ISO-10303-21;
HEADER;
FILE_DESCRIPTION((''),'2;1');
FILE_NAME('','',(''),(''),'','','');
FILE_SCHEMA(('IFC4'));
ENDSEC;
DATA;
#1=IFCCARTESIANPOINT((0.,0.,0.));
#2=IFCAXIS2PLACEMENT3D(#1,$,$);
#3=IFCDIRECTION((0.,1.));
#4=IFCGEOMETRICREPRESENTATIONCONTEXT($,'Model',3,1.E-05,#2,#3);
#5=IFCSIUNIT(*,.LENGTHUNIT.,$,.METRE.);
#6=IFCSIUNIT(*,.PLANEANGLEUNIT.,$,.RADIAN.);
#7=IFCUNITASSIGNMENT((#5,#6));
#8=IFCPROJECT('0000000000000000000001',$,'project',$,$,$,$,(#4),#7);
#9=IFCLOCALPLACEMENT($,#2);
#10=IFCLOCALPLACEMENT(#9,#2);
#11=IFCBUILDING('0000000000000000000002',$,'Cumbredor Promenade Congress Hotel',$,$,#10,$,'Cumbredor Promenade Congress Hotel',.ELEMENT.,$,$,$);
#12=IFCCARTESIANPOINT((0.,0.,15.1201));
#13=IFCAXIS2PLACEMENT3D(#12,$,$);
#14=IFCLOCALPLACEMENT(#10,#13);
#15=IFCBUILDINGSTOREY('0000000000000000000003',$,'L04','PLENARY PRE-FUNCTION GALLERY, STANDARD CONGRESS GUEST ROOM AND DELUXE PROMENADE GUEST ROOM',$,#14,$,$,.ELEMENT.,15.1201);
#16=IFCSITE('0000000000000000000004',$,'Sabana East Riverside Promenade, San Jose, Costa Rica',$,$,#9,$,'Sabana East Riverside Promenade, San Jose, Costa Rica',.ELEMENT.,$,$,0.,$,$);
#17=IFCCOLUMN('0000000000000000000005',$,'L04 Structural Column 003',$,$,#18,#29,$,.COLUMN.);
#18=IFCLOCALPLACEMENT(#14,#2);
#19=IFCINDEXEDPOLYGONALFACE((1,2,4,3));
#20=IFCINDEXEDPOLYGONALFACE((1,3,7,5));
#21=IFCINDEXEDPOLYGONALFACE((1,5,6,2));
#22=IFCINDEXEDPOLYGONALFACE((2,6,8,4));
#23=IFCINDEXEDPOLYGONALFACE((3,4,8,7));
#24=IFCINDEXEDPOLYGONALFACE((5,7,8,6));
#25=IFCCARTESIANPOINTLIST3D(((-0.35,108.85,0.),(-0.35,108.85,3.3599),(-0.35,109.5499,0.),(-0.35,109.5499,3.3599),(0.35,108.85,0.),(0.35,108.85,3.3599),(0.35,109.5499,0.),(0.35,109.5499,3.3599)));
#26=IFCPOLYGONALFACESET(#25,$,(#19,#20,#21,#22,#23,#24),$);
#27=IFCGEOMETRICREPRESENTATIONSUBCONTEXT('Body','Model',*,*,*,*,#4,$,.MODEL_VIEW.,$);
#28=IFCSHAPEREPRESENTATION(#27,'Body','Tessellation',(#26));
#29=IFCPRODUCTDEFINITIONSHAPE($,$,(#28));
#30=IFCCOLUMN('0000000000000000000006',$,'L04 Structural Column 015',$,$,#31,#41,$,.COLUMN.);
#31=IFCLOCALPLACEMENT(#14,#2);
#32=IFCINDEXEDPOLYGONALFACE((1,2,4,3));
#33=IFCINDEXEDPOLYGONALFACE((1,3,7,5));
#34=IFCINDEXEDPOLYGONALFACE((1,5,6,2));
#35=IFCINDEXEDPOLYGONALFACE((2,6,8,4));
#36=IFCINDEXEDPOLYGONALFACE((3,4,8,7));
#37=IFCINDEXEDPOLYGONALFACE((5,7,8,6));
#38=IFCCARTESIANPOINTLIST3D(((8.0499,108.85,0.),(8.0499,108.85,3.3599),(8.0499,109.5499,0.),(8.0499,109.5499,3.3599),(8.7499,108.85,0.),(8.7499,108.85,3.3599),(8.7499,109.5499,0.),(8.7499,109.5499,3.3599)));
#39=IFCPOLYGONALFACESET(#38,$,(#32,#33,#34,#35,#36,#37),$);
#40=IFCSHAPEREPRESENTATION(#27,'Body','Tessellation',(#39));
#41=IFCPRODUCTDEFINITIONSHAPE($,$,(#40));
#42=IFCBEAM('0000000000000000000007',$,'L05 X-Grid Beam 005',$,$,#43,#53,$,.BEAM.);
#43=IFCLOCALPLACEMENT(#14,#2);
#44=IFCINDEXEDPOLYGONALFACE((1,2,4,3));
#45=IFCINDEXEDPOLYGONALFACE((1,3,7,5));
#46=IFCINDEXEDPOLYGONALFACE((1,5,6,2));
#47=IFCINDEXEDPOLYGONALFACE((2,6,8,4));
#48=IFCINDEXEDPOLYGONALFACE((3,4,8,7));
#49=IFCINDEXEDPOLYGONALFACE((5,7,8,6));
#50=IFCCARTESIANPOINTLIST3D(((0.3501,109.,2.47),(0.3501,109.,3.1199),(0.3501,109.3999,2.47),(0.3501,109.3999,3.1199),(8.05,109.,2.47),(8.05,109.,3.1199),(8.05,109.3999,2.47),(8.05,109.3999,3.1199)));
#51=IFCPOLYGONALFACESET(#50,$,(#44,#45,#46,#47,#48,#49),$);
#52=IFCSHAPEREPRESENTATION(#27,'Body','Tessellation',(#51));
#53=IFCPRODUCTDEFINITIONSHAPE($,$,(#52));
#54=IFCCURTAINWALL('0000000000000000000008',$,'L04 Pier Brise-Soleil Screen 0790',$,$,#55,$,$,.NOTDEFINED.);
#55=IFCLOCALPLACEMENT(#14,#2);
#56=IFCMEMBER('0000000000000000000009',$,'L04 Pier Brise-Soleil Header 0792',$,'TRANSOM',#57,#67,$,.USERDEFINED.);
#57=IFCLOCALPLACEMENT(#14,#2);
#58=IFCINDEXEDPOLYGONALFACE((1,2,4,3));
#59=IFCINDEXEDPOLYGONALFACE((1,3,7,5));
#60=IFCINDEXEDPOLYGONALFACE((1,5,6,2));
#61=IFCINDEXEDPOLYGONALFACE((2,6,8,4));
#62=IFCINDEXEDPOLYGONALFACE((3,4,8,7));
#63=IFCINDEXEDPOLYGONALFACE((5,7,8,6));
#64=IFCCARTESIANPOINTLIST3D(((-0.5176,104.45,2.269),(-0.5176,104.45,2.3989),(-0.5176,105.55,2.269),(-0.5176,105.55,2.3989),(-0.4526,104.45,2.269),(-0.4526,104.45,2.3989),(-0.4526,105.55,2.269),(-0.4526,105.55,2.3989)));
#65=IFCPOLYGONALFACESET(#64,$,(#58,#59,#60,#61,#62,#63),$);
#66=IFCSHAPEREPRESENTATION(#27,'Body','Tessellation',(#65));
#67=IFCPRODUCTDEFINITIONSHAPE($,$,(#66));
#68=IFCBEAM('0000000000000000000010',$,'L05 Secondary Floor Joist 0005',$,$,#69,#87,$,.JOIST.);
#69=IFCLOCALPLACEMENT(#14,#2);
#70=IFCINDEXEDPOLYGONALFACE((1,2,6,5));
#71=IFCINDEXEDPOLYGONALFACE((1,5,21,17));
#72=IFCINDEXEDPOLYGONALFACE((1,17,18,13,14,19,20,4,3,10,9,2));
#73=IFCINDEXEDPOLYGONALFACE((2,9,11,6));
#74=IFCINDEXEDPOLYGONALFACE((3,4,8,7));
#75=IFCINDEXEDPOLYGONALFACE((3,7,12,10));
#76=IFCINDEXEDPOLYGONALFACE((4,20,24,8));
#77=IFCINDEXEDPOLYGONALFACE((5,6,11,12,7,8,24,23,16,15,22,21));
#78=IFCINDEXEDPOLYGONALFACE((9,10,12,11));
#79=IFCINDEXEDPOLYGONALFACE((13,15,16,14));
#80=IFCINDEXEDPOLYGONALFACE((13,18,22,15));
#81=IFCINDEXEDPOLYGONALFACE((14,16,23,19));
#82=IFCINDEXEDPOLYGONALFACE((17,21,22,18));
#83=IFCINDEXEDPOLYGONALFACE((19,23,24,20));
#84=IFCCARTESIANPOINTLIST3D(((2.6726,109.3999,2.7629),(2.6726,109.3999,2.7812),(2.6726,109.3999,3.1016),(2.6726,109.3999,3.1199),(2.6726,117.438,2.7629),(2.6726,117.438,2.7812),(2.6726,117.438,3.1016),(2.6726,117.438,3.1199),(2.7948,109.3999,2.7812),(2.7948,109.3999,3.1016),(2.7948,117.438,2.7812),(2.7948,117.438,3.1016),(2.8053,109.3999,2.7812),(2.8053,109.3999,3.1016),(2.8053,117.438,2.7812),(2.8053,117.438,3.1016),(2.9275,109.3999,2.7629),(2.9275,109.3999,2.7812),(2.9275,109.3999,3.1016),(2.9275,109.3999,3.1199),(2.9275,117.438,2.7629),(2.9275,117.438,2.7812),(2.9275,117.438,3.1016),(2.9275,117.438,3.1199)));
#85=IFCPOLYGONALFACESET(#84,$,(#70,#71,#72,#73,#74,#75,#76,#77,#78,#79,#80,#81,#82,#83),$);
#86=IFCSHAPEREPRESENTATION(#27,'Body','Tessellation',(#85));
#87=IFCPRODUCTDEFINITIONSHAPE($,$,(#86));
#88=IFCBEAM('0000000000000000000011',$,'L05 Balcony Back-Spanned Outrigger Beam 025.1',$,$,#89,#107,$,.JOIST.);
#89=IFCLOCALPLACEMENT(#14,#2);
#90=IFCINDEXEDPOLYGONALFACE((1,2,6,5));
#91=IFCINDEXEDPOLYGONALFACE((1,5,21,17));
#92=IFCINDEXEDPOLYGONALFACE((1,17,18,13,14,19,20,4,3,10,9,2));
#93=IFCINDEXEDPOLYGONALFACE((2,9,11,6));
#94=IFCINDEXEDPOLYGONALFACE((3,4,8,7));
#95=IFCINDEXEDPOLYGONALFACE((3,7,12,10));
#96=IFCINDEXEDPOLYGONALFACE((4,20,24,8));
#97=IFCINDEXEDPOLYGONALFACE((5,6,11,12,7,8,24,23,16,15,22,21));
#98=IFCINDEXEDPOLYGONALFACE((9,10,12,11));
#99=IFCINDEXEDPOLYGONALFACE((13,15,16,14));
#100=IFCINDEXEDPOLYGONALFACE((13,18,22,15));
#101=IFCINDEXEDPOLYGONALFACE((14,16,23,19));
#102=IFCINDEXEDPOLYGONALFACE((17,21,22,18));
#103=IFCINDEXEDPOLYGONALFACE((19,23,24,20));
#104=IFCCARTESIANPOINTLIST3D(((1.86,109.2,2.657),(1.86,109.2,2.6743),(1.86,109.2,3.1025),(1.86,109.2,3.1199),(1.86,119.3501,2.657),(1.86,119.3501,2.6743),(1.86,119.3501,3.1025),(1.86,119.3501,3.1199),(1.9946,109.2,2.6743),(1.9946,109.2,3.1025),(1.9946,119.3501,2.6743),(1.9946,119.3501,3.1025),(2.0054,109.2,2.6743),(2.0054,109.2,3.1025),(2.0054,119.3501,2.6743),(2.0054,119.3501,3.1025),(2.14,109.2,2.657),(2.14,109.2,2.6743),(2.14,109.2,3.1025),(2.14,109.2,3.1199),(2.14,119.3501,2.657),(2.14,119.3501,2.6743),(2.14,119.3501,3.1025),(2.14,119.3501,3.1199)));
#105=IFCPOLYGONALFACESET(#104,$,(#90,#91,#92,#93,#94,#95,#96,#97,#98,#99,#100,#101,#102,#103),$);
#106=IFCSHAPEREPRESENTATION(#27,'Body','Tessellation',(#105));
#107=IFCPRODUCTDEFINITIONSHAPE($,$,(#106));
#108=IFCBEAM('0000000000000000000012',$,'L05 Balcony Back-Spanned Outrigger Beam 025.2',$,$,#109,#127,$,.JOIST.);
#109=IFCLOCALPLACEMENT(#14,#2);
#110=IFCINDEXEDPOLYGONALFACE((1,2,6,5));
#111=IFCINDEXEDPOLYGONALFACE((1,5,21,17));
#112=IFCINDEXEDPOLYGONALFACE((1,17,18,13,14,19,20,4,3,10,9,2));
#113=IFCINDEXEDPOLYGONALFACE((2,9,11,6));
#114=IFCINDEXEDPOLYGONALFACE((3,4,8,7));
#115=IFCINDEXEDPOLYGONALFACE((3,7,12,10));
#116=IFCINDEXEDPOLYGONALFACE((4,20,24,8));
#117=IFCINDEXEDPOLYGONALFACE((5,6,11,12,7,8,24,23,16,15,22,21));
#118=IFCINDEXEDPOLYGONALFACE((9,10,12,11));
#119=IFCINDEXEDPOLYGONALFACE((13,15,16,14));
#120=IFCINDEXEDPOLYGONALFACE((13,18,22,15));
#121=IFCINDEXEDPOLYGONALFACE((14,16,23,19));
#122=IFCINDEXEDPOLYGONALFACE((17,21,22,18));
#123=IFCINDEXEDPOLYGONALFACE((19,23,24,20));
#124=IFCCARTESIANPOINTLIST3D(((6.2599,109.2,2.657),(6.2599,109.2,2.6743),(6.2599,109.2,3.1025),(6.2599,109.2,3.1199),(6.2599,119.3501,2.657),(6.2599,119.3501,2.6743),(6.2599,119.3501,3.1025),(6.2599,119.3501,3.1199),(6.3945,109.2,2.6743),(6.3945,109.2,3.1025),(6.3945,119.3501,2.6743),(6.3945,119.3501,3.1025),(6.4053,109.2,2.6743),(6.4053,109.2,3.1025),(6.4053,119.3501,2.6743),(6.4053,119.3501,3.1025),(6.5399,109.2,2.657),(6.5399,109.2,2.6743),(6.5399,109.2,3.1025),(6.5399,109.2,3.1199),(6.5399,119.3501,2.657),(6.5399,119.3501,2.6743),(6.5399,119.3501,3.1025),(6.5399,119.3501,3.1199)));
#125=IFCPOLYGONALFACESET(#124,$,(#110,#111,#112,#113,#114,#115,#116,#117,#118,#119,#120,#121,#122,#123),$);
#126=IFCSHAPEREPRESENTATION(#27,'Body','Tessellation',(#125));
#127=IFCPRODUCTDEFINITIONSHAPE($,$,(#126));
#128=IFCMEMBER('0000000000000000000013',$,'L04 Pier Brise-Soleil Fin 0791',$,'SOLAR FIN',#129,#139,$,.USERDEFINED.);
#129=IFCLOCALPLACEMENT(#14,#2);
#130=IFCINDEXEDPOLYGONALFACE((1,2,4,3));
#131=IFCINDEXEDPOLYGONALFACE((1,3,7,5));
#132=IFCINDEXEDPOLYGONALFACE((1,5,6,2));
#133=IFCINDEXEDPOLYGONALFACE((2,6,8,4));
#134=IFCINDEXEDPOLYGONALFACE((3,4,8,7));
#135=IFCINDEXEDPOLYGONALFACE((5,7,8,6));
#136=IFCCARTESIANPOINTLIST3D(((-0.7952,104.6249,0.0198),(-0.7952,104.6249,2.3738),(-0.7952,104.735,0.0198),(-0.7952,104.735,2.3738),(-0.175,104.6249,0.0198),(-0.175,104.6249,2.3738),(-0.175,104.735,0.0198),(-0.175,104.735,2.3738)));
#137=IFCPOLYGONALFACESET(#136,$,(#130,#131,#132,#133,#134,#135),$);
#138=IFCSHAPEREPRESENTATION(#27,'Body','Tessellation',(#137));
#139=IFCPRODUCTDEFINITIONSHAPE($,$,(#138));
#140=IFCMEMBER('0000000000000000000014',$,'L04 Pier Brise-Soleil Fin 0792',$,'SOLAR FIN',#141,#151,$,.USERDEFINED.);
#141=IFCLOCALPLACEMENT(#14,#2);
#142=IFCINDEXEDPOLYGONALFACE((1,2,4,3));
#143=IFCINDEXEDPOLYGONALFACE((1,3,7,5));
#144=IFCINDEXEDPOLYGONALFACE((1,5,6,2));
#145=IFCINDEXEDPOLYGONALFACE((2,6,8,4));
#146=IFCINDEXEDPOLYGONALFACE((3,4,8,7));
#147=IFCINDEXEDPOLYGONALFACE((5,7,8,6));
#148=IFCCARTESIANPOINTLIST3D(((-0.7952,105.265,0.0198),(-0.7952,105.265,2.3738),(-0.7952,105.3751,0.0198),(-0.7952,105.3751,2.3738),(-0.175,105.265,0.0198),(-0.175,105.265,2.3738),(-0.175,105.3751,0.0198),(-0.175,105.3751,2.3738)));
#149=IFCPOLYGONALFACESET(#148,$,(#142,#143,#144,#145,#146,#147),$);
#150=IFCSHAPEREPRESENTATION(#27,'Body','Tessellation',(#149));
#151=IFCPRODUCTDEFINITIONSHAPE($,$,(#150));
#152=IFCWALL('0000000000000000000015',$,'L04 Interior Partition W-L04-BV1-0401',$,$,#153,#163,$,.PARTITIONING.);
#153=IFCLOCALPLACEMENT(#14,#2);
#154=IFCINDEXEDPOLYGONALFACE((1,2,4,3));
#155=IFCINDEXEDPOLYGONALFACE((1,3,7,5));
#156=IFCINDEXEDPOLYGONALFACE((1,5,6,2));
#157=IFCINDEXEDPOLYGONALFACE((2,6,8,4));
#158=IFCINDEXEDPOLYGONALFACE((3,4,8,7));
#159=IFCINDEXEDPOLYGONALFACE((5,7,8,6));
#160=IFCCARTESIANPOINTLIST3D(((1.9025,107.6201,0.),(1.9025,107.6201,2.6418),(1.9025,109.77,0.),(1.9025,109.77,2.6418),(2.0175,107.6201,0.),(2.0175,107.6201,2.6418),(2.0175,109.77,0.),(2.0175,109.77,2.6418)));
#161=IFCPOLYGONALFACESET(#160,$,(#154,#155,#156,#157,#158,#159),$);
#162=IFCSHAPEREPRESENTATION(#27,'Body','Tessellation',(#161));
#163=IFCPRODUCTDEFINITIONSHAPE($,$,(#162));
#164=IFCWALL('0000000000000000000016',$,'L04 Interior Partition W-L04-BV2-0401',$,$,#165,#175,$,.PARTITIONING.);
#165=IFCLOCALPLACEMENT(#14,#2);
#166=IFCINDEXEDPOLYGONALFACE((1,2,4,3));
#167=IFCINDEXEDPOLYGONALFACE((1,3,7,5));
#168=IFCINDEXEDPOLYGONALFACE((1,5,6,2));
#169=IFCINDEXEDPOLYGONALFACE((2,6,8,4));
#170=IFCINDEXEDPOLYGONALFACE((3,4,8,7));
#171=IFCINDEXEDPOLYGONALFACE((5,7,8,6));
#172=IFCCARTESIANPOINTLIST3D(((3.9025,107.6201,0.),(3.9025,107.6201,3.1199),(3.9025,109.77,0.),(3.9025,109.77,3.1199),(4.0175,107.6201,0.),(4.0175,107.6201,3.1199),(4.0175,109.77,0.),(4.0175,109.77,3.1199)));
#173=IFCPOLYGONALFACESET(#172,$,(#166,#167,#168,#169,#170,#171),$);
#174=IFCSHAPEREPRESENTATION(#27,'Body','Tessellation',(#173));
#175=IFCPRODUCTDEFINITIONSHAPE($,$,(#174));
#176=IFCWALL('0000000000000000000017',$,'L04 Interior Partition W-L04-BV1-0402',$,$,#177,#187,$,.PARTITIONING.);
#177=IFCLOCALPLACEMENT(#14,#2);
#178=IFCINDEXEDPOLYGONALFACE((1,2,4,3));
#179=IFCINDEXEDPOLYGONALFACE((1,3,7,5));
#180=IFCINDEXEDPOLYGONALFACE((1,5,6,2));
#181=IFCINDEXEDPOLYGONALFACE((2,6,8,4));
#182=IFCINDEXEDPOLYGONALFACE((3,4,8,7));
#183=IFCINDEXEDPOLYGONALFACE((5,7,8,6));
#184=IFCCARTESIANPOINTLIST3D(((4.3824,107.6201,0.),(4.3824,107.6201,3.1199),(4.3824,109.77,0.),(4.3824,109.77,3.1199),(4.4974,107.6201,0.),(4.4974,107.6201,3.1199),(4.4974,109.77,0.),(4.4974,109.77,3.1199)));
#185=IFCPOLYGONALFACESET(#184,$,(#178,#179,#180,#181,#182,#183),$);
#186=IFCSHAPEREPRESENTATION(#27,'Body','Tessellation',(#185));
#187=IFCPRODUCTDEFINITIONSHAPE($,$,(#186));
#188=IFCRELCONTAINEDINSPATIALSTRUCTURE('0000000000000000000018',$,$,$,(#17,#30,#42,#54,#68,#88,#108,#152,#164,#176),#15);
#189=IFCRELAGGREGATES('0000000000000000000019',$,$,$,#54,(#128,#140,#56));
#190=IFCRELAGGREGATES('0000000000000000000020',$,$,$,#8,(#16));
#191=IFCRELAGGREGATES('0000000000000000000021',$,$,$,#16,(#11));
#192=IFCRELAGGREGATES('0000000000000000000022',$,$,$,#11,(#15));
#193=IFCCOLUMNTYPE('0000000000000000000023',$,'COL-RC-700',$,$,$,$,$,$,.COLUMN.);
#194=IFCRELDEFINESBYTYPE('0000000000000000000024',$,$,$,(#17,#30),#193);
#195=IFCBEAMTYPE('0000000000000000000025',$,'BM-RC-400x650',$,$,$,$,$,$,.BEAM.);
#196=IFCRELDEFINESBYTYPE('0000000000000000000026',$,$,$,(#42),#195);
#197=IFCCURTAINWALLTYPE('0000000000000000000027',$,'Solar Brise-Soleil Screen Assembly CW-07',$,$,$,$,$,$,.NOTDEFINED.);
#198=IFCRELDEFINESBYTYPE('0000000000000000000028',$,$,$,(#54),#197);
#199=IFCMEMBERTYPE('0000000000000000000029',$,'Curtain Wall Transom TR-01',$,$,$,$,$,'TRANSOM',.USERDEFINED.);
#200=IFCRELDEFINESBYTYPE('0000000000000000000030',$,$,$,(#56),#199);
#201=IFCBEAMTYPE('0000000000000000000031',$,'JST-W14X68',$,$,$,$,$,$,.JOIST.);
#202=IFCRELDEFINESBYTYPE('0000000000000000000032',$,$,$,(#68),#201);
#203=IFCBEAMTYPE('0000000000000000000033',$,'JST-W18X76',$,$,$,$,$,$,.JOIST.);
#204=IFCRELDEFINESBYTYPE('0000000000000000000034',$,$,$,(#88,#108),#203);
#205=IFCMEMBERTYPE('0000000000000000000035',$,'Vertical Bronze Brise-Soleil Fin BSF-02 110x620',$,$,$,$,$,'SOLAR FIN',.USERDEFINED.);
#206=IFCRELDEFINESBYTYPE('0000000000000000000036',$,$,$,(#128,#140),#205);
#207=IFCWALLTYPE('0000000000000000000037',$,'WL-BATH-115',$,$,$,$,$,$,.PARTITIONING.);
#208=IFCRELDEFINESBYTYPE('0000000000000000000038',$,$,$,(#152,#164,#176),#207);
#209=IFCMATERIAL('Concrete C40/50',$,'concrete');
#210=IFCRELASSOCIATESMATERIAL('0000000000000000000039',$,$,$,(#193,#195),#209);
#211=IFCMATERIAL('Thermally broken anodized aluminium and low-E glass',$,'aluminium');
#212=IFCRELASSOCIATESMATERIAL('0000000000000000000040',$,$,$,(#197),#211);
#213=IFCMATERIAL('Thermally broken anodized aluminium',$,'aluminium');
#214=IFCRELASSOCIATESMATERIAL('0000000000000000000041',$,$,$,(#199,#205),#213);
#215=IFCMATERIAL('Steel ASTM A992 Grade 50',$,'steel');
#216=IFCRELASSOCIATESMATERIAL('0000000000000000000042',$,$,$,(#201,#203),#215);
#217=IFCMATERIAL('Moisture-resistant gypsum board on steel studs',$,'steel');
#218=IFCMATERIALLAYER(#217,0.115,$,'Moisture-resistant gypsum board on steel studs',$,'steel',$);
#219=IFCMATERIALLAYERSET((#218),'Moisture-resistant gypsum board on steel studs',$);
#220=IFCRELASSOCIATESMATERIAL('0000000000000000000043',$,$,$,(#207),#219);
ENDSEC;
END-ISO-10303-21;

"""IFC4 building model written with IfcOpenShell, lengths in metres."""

from ifc_helpers import new_model, si_unit, direction, frame, frame_2d, origin, origin_2d, place, context, subcontext, project, spatial, rectangle, i_section, extrude, material, layer, layer_set, material_profile, profile_set, type_object, element, aggregate, save


model = new_model("IFC4")

# Units and contexts
model_context = context("Model", 3, precision=1e-05, world=origin(), true_north=direction((0.0, 1.0)))
body_context = subcontext(model_context, "Body", "Model", "MODEL_VIEW")
ifc_project = project(units=[si_unit("LENGTHUNIT", "METRE"), si_unit("PLANEANGLEUNIT", "RADIAN")], contexts=[model_context])

# Site, building, storey
site_placement = place(None, origin())
site = spatial("IfcSite", under=ifc_project, at=site_placement, Name="Sabana East Riverside Promenade, San Jose, Costa Rica", LongName="Sabana East Riverside Promenade, San Jose, Costa Rica", CompositionType="ELEMENT", RefElevation=0.0)
building_placement = place(site_placement, origin())
building = spatial("IfcBuilding", under=site, at=building_placement, Name="Cumbredor Promenade Congress Hotel", LongName="Cumbredor Promenade Congress Hotel", CompositionType="ELEMENT")
storey_placement = place(building_placement, frame((0.0, 0.0, 15.1201)))
storey = spatial("IfcBuildingStorey", under=building, at=storey_placement, Name="L04", Description="PLENARY PRE-FUNCTION GALLERY, STANDARD CONGRESS GUEST ROOM AND DELUXE PROMENADE GUEST ROOM", CompositionType="ELEMENT", Elevation=15.1201)

# Columns
ifc_material_1 = material(Name="Concrete C40/50", Category="concrete")
ifc_material_profile_1 = material_profile(ifc_material_1, rectangle(XDim=0.7, YDim=0.7, at=origin_2d()), Name="RC 700x700")
ifc_profile_set_1 = profile_set([ifc_material_profile_1], Name="Concrete C40/50")
column_type = type_object("IfcColumnType", Name="COL-RC-700", PredefinedType="COLUMN", material=ifc_profile_set_1)
for number, where, z_axis, x_axis, name in (
    (1, (0.0, 109.2, 0.0), (0.0, 0.0, 1.0), (1.0, 0.0, 0.0), "L04 Structural Column 003"),
    (2, (8.3999, 109.2, 0.0), (0.0, 0.0, 1.0), (1.0, 0.0, 0.0), "L04 Structural Column 015"),
):
    element("IfcColumn", number, at=place(storey_placement, frame(where, z_axis=z_axis, x_axis=x_axis)), inside=storey, type_object=column_type, Name=name, PredefinedType="COLUMN", context=body_context, shape_type="SweptSolid", body=[
        extrude(rectangle(XDim=0.7, YDim=0.7, at=origin_2d()), origin(), (0.0, 0.0, 1.0), 3.3599),
    ])

# Beam
ifc_material_profile_2 = material_profile(ifc_material_1, rectangle(XDim=0.3999, YDim=0.6499, at=origin_2d()), Name="RC BEAM 400x650")
ifc_profile_set_2 = profile_set([ifc_material_profile_2], Name="Concrete C40/50")
beam_type_1 = type_object("IfcBeamType", Name="BM-RC-400x650", PredefinedType="BEAM", material=ifc_profile_set_2)
beam_1_placement = place(storey_placement, frame((0.3501, 109.2, 2.7949), z_axis=(1.0, 0.0, 0.0), x_axis=(0.0, 1.0, 0.0)))
element("IfcBeam", 3, at=beam_1_placement, inside=storey, type_object=beam_type_1, Name="L05 X-Grid Beam 005", PredefinedType="BEAM", context=body_context, shape_type="SweptSolid", body=[
    extrude(rectangle(XDim=0.3999, YDim=0.6499, at=origin_2d()), origin(), (0.0, 0.0, 1.0), 7.7),
])

# Curtain wall, member
ifc_material_2 = material(Name="Thermally broken anodized aluminium and low-E glass", Category="aluminium")
curtain_wall_type = type_object("IfcCurtainWallType", Name="Solar Brise-Soleil Screen Assembly CW-07", PredefinedType="NOTDEFINED", material=ifc_material_2)
curtain_wall_placement = place(storey_placement, origin())
curtain_wall = element("IfcCurtainWall", 4, at=curtain_wall_placement, inside=storey, type_object=curtain_wall_type, Name="L04 Pier Brise-Soleil Screen 0790", PredefinedType="NOTDEFINED")
ifc_material_3 = material(Name="Thermally broken anodized aluminium", Category="aluminium")
ifc_material_profile_3 = material_profile(ifc_material_3, rectangle(XDim=0.0649, YDim=0.1299, at=origin_2d()), Name="ALU TRANSOM 65x130")
ifc_profile_set_3 = profile_set([ifc_material_profile_3], Name="Thermally broken anodized aluminium")
member_type_1 = type_object("IfcMemberType", Name="Curtain Wall Transom TR-01", ElementType="TRANSOM", PredefinedType="USERDEFINED", material=ifc_profile_set_3)
member_1_placement = place(storey_placement, frame((-0.4851, 104.45, 2.334), z_axis=(0.0, 1.0, 0.0), x_axis=(-1.0, 0.0, 0.0)))
member_1 = element("IfcMember", 5, at=member_1_placement, type_object=member_type_1, Name="L04 Pier Brise-Soleil Header 0792", ObjectType="TRANSOM", PredefinedType="USERDEFINED", context=body_context, shape_type="SweptSolid", body=[
    extrude(rectangle(XDim=0.0649, YDim=0.1299, at=origin_2d()), origin(), (0.0, 0.0, 1.0), 1.1001),
])

# Beams
ifc_material_4 = material(Name="Steel ASTM A992 Grade 50", Category="steel")
ifc_material_profile_4 = material_profile(ifc_material_4, i_section(OverallWidth=0.2549, OverallDepth=0.3569, WebThickness=0.0105, FlangeThickness=0.0183, at=origin_2d()), Name="W14X68")
ifc_profile_set_4 = profile_set([ifc_material_profile_4], Name="Steel ASTM A992 Grade 50")
beam_type_2 = type_object("IfcBeamType", Name="JST-W14X68", PredefinedType="JOIST", material=ifc_profile_set_4)
beam_2_placement = place(storey_placement, frame((2.8, 109.3999, 2.9414), z_axis=(0.0, 1.0, 0.0), x_axis=(-1.0, 0.0, 0.0)))
element("IfcBeam", 6, at=beam_2_placement, inside=storey, type_object=beam_type_2, Name="L05 Secondary Floor Joist 0005", PredefinedType="JOIST", context=body_context, shape_type="SweptSolid", body=[
    extrude(i_section(OverallWidth=0.2549, OverallDepth=0.3569, WebThickness=0.0105, FlangeThickness=0.0183, at=origin_2d()), origin(), (0.0, 0.0, 1.0), 8.0381),
])
ifc_material_profile_5 = material_profile(ifc_material_4, i_section(OverallWidth=0.28, OverallDepth=0.4629, WebThickness=0.0107, FlangeThickness=0.0173, at=origin_2d()), Name="W18X76")
ifc_profile_set_5 = profile_set([ifc_material_profile_5], Name="Steel ASTM A992 Grade 50")
beam_type_3 = type_object("IfcBeamType", Name="JST-W18X76", PredefinedType="JOIST", material=ifc_profile_set_5)
for number, where, z_axis, x_axis, name in (
    (7, (2.0, 109.2, 2.8884), (0.0, 1.0, 0.0), (-1.0, 0.0, 0.0), "L05 Balcony Back-Spanned Outrigger Beam 025.1"),
    (8, (6.3999, 109.2, 2.8884), (0.0, 1.0, 0.0), (-1.0, 0.0, 0.0), "L05 Balcony Back-Spanned Outrigger Beam 025.2"),
):
    element("IfcBeam", number, at=place(storey_placement, frame(where, z_axis=z_axis, x_axis=x_axis)), inside=storey, type_object=beam_type_3, Name=name, PredefinedType="JOIST", context=body_context, shape_type="SweptSolid", body=[
        extrude(i_section(OverallWidth=0.28, OverallDepth=0.4629, WebThickness=0.0107, FlangeThickness=0.0173, at=origin_2d()), origin(), (0.0, 0.0, 1.0), 10.1501),
    ])

# Members
ifc_material_profile_6 = material_profile(ifc_material_3, rectangle(XDim=0.1101, YDim=0.6201, at=origin_2d()), Name="ARCH FIN 110x620")
ifc_profile_set_6 = profile_set([ifc_material_profile_6], Name="Thermally broken anodized aluminium")
member_type_2 = type_object("IfcMemberType", Name="Vertical Bronze Brise-Soleil Fin BSF-02 110x620", ElementType="SOLAR FIN", PredefinedType="USERDEFINED", material=ifc_profile_set_6)
member_2_placement = place(storey_placement, frame((-0.4851, 104.6799, 0.0198), z_axis=(0.0, 0.0, 1.0), x_axis=(0.0, 1.0, 0.0)))
member_2 = element("IfcMember", 9, at=member_2_placement, type_object=member_type_2, Name="L04 Pier Brise-Soleil Fin 0791", ObjectType="SOLAR FIN", PredefinedType="USERDEFINED", context=body_context, shape_type="SweptSolid", body=[
    extrude(rectangle(XDim=0.1101, YDim=0.6201, at=origin_2d()), origin(), (0.0, 0.0, 1.0), 2.354),
])
member_3_placement = place(storey_placement, frame((-0.4851, 105.3201, 0.0198), z_axis=(0.0, 0.0, 1.0), x_axis=(0.0, 1.0, 0.0)))
member_3 = element("IfcMember", 10, at=member_3_placement, type_object=member_type_2, Name="L04 Pier Brise-Soleil Fin 0792", ObjectType="SOLAR FIN", PredefinedType="USERDEFINED", context=body_context, shape_type="SweptSolid", body=[
    extrude(rectangle(XDim=0.1101, YDim=0.6201, at=origin_2d()), origin(), (0.0, 0.0, 1.0), 2.354),
])
aggregate(curtain_wall, [member_2, member_3, member_1])

# Walls
ifc_material_5 = material(Name="Moisture-resistant gypsum board on steel studs", Category="steel")
ifc_layer_1 = layer(ifc_material_5, 0.115, Name="Moisture-resistant gypsum board on steel studs", Category="steel")
ifc_layer_set_1 = layer_set([ifc_layer_1], Name="Moisture-resistant gypsum board on steel studs")
wall_type_1 = type_object("IfcWallType", Name="WL-BATH-115", PredefinedType="PARTITIONING", material=ifc_layer_set_1)
wall_1_placement = place(storey_placement, frame((1.96, 107.6201, 0.0), z_axis=(0.0, 0.0, 1.0), x_axis=(0.0, 1.0, 0.0)))
element("IfcWall", 11, at=wall_1_placement, inside=storey, type_object=wall_type_1, Name="L04 Interior Partition W-L04-BV1-0401", PredefinedType="PARTITIONING", context=body_context, shape_type="SweptSolid", body=[
    extrude(rectangle(XDim=2.1499, YDim=0.115, at=frame_2d((1.075, 0.0))), origin(), (0.0, 0.0, 1.0), 2.6418),
])
for number, where, z_axis, x_axis, name in (
    (12, (3.96, 107.6201, 0.0), (0.0, 0.0, 1.0), (0.0, 1.0, 0.0), "L04 Interior Partition W-L04-BV2-0401"),
    (13, (4.4399, 107.6201, 0.0), (0.0, 0.0, 1.0), (0.0, 1.0, 0.0), "L04 Interior Partition W-L04-BV1-0402"),
):
    element("IfcWall", number, at=place(storey_placement, frame(where, z_axis=z_axis, x_axis=x_axis)), inside=storey, type_object=wall_type_1, Name=name, PredefinedType="PARTITIONING", context=body_context, shape_type="SweptSolid", body=[
        extrude(rectangle(XDim=2.1499, YDim=0.115, at=frame_2d((1.075, 0.0))), origin(), (0.0, 0.0, 1.0), 3.1199),
    ])

save(model, "model.ifc")
